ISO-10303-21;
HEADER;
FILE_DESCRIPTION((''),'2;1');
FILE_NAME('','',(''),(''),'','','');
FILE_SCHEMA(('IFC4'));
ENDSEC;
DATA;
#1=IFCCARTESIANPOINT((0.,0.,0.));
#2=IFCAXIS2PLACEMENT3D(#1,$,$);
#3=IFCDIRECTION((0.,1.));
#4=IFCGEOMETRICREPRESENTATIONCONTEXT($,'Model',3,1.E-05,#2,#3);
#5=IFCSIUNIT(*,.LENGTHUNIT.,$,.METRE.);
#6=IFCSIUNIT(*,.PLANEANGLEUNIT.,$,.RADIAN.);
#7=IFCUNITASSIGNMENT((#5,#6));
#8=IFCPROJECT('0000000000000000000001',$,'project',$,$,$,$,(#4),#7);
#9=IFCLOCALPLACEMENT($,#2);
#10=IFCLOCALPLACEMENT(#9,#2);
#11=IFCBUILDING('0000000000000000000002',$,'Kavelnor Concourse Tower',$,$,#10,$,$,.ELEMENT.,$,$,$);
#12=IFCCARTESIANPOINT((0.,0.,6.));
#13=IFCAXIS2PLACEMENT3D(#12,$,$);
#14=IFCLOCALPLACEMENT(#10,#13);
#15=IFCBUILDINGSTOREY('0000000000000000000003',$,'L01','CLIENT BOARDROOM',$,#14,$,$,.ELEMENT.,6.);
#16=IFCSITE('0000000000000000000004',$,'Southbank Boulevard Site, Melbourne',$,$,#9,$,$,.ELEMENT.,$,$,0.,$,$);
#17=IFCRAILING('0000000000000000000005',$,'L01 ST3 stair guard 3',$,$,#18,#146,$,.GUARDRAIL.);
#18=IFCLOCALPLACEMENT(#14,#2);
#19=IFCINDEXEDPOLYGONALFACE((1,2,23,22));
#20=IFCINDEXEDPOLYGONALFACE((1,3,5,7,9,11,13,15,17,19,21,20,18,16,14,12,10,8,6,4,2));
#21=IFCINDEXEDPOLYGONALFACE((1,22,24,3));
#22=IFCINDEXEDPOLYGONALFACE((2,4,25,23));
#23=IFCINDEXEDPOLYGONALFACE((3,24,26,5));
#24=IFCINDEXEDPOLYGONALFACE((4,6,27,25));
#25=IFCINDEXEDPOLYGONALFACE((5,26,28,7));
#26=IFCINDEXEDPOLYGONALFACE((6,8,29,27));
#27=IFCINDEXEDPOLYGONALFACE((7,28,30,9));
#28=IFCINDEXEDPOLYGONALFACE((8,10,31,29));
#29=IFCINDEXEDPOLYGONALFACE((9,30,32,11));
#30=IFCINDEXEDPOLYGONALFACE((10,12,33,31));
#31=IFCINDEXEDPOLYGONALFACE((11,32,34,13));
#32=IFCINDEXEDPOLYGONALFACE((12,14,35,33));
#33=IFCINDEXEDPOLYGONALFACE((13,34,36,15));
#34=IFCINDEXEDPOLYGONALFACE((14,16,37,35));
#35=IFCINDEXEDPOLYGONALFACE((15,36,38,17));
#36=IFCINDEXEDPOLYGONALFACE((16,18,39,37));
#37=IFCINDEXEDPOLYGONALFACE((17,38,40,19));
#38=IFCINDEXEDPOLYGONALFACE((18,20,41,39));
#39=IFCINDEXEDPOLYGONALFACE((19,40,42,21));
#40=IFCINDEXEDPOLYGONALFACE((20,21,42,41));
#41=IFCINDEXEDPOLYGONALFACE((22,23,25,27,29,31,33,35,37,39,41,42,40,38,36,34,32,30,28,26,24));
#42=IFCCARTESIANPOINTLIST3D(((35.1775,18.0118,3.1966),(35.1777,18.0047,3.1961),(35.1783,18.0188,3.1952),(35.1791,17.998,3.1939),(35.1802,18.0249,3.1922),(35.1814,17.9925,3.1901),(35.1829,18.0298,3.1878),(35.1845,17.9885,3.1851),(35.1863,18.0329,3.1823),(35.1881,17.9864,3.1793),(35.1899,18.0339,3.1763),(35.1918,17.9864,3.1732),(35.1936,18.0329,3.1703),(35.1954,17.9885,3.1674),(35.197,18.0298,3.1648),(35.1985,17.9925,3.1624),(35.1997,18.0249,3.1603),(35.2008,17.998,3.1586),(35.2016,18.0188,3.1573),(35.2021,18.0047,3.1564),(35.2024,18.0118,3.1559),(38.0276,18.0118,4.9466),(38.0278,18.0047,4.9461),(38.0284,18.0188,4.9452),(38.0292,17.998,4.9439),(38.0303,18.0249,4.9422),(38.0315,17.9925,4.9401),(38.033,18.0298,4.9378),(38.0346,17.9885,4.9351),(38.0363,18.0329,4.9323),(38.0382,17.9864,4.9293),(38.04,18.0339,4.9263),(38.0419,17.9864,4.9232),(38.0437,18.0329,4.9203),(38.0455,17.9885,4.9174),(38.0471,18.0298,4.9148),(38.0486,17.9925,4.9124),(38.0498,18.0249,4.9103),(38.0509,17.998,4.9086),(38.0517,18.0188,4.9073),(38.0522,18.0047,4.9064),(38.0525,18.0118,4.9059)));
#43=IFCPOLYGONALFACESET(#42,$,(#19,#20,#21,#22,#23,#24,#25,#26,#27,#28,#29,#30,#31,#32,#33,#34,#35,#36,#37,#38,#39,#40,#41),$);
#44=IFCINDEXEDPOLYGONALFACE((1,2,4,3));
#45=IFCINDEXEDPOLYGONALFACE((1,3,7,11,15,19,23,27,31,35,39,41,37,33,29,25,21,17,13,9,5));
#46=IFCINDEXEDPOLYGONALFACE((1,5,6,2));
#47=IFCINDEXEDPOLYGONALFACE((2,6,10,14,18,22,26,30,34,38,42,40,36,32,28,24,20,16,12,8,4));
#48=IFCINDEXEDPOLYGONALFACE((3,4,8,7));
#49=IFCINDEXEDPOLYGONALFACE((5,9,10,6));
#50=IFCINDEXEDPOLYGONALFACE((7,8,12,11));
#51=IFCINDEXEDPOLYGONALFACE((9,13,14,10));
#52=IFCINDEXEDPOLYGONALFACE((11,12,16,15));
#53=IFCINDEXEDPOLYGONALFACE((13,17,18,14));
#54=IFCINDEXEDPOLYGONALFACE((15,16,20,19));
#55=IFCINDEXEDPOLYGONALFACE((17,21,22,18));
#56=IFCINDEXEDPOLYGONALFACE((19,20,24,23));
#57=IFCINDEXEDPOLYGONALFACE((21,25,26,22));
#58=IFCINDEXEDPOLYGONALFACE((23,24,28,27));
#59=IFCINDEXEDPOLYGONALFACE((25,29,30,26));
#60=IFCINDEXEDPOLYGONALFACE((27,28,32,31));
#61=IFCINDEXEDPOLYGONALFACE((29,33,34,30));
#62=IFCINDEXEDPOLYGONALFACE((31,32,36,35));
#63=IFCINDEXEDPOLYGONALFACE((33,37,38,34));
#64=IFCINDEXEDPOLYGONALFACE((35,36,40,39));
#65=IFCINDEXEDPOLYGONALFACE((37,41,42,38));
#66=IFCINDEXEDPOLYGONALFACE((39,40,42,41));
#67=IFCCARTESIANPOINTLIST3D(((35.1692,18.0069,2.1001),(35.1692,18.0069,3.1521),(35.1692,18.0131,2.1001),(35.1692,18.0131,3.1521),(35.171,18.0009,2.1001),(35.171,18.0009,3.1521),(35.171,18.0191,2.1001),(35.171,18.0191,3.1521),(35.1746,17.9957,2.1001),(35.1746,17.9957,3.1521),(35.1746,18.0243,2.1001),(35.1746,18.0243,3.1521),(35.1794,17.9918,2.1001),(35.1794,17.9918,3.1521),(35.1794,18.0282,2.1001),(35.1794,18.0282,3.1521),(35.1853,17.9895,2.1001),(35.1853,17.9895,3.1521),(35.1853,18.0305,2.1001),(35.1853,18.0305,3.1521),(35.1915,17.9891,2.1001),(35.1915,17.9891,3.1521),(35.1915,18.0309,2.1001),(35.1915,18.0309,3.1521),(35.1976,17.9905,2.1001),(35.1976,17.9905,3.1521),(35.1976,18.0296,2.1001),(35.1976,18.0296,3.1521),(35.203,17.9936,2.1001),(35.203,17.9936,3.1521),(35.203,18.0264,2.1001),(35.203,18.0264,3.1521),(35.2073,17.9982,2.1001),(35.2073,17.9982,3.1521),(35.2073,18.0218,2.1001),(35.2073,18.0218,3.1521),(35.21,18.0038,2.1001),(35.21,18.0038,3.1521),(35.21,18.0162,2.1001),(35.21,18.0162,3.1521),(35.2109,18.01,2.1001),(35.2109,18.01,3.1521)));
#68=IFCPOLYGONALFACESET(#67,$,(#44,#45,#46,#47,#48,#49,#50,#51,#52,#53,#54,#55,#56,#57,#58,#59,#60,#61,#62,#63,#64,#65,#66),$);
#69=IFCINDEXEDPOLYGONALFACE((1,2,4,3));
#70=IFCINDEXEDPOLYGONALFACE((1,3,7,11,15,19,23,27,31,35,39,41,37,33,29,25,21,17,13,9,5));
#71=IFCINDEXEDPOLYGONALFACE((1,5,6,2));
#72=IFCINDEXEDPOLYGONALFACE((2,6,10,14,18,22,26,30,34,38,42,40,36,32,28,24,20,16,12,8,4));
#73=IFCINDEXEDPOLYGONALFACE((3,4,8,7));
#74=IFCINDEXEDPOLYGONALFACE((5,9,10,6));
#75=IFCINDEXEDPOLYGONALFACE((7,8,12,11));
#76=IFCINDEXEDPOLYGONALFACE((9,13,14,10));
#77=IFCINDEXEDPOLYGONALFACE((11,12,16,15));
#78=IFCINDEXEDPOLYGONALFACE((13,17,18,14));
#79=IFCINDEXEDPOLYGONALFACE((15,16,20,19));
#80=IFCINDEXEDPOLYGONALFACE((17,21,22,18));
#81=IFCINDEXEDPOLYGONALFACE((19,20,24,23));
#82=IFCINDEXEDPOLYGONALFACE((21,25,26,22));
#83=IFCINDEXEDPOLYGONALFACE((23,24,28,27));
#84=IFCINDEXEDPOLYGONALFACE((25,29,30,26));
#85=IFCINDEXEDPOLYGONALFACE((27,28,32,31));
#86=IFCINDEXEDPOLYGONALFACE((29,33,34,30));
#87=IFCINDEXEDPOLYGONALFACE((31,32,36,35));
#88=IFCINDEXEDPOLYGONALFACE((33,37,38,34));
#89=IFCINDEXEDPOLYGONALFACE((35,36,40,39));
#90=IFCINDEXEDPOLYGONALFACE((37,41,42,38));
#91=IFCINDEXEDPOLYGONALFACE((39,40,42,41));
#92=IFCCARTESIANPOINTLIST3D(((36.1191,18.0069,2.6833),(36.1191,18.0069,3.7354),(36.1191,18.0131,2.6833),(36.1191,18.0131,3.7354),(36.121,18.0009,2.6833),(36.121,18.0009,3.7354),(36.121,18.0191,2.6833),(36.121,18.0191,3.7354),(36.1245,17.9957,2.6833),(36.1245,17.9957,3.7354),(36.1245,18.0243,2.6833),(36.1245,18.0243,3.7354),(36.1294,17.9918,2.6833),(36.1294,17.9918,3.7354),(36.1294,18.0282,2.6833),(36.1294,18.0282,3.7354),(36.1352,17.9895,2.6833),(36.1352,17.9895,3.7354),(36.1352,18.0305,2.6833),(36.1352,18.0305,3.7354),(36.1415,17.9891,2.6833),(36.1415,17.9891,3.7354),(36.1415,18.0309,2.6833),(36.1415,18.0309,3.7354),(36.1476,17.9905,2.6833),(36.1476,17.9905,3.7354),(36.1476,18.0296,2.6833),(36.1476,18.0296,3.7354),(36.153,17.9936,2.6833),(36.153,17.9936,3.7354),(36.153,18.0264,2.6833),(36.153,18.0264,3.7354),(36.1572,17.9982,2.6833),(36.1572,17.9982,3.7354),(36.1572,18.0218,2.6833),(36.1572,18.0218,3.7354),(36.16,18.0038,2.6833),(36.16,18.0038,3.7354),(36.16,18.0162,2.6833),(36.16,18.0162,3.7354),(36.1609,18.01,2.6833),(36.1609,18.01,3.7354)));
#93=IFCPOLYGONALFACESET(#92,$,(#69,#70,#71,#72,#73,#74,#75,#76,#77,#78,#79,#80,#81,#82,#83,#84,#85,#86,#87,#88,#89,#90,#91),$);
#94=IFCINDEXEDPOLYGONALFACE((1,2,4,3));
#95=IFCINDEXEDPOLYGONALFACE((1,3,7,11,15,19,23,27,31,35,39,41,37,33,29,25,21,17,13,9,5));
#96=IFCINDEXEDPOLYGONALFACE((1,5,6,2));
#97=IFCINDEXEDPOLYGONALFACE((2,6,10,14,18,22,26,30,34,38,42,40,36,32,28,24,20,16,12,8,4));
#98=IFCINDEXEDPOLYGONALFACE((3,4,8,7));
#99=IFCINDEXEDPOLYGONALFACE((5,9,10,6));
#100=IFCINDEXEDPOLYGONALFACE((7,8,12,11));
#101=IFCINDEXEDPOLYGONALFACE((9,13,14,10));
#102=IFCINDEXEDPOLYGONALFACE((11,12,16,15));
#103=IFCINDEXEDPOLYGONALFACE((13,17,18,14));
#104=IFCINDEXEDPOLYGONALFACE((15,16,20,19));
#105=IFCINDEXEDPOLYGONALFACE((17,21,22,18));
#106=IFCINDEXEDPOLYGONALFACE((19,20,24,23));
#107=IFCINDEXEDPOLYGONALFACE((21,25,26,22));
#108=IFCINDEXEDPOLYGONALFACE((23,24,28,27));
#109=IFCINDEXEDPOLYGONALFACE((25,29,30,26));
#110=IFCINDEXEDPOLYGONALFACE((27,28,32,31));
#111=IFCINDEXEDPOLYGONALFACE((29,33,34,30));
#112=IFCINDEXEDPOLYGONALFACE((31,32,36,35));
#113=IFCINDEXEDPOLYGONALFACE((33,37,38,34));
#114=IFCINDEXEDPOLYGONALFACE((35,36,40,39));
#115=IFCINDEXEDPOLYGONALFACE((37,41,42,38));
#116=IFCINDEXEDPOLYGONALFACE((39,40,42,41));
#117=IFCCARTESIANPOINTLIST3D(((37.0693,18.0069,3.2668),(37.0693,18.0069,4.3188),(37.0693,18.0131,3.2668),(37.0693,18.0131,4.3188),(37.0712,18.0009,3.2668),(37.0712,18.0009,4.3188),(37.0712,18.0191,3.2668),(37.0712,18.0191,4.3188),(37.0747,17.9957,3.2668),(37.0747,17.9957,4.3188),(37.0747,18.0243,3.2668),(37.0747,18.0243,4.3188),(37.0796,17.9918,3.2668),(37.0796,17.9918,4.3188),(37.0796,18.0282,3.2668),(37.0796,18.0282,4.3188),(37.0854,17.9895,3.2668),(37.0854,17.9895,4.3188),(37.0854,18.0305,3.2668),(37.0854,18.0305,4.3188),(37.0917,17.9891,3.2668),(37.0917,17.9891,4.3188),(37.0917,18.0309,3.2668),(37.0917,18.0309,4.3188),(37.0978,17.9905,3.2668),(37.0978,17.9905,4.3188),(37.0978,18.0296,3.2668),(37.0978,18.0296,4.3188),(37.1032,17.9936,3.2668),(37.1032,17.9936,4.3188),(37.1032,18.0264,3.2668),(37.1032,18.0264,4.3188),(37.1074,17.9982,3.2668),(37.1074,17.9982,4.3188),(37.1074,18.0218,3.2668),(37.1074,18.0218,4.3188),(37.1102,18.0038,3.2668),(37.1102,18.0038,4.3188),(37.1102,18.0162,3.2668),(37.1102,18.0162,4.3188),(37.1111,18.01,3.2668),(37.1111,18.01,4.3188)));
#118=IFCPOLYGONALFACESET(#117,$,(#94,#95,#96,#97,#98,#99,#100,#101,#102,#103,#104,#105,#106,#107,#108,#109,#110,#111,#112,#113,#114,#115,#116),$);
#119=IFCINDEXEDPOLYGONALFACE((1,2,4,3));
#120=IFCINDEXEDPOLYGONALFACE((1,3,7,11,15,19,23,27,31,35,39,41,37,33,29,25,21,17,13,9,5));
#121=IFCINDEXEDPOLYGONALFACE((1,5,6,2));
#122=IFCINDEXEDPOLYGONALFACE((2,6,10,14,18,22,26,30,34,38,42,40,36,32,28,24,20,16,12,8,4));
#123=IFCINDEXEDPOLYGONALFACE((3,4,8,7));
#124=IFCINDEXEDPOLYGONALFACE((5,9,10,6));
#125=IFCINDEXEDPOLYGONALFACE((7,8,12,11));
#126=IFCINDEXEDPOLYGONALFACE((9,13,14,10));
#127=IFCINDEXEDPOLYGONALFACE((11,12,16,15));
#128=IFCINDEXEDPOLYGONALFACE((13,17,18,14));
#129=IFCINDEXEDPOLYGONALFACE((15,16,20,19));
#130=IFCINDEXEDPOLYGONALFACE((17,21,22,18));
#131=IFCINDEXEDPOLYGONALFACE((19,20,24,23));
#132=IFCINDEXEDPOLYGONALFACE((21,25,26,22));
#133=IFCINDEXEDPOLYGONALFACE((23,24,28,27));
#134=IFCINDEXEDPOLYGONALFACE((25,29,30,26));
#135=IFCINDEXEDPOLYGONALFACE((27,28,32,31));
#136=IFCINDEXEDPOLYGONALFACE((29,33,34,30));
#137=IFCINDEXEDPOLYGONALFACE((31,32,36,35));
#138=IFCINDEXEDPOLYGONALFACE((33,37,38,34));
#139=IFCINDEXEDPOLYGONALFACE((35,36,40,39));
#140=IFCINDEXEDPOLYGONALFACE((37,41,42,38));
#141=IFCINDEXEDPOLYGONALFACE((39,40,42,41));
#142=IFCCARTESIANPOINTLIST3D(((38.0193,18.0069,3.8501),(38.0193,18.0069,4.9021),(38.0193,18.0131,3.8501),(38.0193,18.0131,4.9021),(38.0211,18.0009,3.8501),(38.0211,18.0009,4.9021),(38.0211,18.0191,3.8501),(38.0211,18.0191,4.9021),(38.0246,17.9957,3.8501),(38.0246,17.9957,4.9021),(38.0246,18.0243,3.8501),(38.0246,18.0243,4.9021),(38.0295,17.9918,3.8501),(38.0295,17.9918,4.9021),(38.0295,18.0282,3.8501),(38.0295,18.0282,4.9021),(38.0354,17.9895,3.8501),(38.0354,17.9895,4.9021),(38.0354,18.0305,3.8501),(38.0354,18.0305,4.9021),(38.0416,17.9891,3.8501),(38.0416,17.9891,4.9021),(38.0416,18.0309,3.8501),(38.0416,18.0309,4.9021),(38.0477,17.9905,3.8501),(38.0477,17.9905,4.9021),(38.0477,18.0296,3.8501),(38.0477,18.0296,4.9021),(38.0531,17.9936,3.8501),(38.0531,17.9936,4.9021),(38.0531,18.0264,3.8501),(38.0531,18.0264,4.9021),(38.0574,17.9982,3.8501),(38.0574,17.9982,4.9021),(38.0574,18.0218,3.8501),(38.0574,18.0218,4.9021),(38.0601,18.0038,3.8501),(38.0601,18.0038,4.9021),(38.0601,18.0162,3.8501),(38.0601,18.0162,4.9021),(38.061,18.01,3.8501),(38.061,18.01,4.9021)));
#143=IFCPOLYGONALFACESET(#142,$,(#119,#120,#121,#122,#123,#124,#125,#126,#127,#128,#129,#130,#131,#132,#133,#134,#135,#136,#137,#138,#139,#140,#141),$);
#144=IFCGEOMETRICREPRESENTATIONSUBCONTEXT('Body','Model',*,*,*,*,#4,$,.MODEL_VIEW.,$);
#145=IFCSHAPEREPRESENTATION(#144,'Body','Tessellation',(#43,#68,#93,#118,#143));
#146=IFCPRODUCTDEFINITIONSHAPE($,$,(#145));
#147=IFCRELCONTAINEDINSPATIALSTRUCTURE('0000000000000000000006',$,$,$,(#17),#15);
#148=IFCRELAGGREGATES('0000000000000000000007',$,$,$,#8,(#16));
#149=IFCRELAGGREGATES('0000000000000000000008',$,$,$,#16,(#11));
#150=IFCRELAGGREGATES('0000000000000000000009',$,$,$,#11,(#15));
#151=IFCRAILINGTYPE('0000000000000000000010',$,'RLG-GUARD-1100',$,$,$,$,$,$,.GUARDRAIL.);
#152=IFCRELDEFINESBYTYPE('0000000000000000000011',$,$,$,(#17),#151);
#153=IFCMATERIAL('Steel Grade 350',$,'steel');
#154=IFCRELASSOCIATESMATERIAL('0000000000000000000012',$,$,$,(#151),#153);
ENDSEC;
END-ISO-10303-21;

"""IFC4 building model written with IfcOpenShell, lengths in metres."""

from ifc_helpers import new_model, si_unit, direction, frame, origin, origin_2d, place, context, subcontext, project, spatial, circle, extrude, material, type_object, element, save


model = new_model("IFC4")

# Units and contexts
model_context = context("Model", 3, precision=1e-05, world=origin(), true_north=direction((0.0, 1.0)))
body_context = subcontext(model_context, "Body", "Model", "MODEL_VIEW")
ifc_project = project(units=[si_unit("LENGTHUNIT", "METRE"), si_unit("PLANEANGLEUNIT", "RADIAN")], contexts=[model_context])

# Site, building, storey
site_placement = place(None, origin())
site = spatial("IfcSite", under=ifc_project, at=site_placement, Name="Southbank Boulevard Site, Melbourne", CompositionType="ELEMENT", RefElevation=0.0)
building_placement = place(site_placement, origin())
building = spatial("IfcBuilding", under=site, at=building_placement, Name="Kavelnor Concourse Tower", CompositionType="ELEMENT")
storey_placement = place(building_placement, frame((0.0, 0.0, 6.0)))
storey = spatial("IfcBuildingStorey", under=building, at=storey_placement, Name="L01", Description="CLIENT BOARDROOM", CompositionType="ELEMENT", Elevation=6.0)

# Shared definitions
ifc_material_1 = material(Name="Steel Grade 350", Category="steel")

# Railing
railing_type = type_object("IfcRailingType", Name="RLG-GUARD-1100", PredefinedType="GUARDRAIL", material=ifc_material_1)
railing_1_placement = place(storey_placement, frame((35.1899, 18.01, 2.1001)))
element("IfcRailing", 1, at=railing_1_placement, inside=storey, type_object=railing_type, Name="L01 ST3 stair guard 3", PredefinedType="GUARDRAIL", context=body_context, shape_type="SweptSolid", body=[
    extrude(circle(Radius=0.0239, at=origin_2d()), frame((0.0, 0.0, 1.0762), z_axis=(0.852179, 0.0, 0.52325), x_axis=(0.0, 1.0, 0.0)), (0.0, 0.0, 1.0), 3.3445),
    extrude(circle(Radius=0.021, at=origin_2d()), origin(), (0.0, 0.0, 1.0), 1.052),
    extrude(circle(Radius=0.021, at=origin_2d()), frame((0.95, 0.0, 0.5833)), (0.0, 0.0, 1.0), 1.052),
    extrude(circle(Radius=0.021, at=origin_2d()), frame((1.9001, 0.0, 1.1667)), (0.0, 0.0, 1.0), 1.052),
    extrude(circle(Radius=0.021, at=origin_2d()), frame((2.8501, 0.0, 1.75)), (0.0, 0.0, 1.0), 1.052),
])

save(model, "model.ifc")
